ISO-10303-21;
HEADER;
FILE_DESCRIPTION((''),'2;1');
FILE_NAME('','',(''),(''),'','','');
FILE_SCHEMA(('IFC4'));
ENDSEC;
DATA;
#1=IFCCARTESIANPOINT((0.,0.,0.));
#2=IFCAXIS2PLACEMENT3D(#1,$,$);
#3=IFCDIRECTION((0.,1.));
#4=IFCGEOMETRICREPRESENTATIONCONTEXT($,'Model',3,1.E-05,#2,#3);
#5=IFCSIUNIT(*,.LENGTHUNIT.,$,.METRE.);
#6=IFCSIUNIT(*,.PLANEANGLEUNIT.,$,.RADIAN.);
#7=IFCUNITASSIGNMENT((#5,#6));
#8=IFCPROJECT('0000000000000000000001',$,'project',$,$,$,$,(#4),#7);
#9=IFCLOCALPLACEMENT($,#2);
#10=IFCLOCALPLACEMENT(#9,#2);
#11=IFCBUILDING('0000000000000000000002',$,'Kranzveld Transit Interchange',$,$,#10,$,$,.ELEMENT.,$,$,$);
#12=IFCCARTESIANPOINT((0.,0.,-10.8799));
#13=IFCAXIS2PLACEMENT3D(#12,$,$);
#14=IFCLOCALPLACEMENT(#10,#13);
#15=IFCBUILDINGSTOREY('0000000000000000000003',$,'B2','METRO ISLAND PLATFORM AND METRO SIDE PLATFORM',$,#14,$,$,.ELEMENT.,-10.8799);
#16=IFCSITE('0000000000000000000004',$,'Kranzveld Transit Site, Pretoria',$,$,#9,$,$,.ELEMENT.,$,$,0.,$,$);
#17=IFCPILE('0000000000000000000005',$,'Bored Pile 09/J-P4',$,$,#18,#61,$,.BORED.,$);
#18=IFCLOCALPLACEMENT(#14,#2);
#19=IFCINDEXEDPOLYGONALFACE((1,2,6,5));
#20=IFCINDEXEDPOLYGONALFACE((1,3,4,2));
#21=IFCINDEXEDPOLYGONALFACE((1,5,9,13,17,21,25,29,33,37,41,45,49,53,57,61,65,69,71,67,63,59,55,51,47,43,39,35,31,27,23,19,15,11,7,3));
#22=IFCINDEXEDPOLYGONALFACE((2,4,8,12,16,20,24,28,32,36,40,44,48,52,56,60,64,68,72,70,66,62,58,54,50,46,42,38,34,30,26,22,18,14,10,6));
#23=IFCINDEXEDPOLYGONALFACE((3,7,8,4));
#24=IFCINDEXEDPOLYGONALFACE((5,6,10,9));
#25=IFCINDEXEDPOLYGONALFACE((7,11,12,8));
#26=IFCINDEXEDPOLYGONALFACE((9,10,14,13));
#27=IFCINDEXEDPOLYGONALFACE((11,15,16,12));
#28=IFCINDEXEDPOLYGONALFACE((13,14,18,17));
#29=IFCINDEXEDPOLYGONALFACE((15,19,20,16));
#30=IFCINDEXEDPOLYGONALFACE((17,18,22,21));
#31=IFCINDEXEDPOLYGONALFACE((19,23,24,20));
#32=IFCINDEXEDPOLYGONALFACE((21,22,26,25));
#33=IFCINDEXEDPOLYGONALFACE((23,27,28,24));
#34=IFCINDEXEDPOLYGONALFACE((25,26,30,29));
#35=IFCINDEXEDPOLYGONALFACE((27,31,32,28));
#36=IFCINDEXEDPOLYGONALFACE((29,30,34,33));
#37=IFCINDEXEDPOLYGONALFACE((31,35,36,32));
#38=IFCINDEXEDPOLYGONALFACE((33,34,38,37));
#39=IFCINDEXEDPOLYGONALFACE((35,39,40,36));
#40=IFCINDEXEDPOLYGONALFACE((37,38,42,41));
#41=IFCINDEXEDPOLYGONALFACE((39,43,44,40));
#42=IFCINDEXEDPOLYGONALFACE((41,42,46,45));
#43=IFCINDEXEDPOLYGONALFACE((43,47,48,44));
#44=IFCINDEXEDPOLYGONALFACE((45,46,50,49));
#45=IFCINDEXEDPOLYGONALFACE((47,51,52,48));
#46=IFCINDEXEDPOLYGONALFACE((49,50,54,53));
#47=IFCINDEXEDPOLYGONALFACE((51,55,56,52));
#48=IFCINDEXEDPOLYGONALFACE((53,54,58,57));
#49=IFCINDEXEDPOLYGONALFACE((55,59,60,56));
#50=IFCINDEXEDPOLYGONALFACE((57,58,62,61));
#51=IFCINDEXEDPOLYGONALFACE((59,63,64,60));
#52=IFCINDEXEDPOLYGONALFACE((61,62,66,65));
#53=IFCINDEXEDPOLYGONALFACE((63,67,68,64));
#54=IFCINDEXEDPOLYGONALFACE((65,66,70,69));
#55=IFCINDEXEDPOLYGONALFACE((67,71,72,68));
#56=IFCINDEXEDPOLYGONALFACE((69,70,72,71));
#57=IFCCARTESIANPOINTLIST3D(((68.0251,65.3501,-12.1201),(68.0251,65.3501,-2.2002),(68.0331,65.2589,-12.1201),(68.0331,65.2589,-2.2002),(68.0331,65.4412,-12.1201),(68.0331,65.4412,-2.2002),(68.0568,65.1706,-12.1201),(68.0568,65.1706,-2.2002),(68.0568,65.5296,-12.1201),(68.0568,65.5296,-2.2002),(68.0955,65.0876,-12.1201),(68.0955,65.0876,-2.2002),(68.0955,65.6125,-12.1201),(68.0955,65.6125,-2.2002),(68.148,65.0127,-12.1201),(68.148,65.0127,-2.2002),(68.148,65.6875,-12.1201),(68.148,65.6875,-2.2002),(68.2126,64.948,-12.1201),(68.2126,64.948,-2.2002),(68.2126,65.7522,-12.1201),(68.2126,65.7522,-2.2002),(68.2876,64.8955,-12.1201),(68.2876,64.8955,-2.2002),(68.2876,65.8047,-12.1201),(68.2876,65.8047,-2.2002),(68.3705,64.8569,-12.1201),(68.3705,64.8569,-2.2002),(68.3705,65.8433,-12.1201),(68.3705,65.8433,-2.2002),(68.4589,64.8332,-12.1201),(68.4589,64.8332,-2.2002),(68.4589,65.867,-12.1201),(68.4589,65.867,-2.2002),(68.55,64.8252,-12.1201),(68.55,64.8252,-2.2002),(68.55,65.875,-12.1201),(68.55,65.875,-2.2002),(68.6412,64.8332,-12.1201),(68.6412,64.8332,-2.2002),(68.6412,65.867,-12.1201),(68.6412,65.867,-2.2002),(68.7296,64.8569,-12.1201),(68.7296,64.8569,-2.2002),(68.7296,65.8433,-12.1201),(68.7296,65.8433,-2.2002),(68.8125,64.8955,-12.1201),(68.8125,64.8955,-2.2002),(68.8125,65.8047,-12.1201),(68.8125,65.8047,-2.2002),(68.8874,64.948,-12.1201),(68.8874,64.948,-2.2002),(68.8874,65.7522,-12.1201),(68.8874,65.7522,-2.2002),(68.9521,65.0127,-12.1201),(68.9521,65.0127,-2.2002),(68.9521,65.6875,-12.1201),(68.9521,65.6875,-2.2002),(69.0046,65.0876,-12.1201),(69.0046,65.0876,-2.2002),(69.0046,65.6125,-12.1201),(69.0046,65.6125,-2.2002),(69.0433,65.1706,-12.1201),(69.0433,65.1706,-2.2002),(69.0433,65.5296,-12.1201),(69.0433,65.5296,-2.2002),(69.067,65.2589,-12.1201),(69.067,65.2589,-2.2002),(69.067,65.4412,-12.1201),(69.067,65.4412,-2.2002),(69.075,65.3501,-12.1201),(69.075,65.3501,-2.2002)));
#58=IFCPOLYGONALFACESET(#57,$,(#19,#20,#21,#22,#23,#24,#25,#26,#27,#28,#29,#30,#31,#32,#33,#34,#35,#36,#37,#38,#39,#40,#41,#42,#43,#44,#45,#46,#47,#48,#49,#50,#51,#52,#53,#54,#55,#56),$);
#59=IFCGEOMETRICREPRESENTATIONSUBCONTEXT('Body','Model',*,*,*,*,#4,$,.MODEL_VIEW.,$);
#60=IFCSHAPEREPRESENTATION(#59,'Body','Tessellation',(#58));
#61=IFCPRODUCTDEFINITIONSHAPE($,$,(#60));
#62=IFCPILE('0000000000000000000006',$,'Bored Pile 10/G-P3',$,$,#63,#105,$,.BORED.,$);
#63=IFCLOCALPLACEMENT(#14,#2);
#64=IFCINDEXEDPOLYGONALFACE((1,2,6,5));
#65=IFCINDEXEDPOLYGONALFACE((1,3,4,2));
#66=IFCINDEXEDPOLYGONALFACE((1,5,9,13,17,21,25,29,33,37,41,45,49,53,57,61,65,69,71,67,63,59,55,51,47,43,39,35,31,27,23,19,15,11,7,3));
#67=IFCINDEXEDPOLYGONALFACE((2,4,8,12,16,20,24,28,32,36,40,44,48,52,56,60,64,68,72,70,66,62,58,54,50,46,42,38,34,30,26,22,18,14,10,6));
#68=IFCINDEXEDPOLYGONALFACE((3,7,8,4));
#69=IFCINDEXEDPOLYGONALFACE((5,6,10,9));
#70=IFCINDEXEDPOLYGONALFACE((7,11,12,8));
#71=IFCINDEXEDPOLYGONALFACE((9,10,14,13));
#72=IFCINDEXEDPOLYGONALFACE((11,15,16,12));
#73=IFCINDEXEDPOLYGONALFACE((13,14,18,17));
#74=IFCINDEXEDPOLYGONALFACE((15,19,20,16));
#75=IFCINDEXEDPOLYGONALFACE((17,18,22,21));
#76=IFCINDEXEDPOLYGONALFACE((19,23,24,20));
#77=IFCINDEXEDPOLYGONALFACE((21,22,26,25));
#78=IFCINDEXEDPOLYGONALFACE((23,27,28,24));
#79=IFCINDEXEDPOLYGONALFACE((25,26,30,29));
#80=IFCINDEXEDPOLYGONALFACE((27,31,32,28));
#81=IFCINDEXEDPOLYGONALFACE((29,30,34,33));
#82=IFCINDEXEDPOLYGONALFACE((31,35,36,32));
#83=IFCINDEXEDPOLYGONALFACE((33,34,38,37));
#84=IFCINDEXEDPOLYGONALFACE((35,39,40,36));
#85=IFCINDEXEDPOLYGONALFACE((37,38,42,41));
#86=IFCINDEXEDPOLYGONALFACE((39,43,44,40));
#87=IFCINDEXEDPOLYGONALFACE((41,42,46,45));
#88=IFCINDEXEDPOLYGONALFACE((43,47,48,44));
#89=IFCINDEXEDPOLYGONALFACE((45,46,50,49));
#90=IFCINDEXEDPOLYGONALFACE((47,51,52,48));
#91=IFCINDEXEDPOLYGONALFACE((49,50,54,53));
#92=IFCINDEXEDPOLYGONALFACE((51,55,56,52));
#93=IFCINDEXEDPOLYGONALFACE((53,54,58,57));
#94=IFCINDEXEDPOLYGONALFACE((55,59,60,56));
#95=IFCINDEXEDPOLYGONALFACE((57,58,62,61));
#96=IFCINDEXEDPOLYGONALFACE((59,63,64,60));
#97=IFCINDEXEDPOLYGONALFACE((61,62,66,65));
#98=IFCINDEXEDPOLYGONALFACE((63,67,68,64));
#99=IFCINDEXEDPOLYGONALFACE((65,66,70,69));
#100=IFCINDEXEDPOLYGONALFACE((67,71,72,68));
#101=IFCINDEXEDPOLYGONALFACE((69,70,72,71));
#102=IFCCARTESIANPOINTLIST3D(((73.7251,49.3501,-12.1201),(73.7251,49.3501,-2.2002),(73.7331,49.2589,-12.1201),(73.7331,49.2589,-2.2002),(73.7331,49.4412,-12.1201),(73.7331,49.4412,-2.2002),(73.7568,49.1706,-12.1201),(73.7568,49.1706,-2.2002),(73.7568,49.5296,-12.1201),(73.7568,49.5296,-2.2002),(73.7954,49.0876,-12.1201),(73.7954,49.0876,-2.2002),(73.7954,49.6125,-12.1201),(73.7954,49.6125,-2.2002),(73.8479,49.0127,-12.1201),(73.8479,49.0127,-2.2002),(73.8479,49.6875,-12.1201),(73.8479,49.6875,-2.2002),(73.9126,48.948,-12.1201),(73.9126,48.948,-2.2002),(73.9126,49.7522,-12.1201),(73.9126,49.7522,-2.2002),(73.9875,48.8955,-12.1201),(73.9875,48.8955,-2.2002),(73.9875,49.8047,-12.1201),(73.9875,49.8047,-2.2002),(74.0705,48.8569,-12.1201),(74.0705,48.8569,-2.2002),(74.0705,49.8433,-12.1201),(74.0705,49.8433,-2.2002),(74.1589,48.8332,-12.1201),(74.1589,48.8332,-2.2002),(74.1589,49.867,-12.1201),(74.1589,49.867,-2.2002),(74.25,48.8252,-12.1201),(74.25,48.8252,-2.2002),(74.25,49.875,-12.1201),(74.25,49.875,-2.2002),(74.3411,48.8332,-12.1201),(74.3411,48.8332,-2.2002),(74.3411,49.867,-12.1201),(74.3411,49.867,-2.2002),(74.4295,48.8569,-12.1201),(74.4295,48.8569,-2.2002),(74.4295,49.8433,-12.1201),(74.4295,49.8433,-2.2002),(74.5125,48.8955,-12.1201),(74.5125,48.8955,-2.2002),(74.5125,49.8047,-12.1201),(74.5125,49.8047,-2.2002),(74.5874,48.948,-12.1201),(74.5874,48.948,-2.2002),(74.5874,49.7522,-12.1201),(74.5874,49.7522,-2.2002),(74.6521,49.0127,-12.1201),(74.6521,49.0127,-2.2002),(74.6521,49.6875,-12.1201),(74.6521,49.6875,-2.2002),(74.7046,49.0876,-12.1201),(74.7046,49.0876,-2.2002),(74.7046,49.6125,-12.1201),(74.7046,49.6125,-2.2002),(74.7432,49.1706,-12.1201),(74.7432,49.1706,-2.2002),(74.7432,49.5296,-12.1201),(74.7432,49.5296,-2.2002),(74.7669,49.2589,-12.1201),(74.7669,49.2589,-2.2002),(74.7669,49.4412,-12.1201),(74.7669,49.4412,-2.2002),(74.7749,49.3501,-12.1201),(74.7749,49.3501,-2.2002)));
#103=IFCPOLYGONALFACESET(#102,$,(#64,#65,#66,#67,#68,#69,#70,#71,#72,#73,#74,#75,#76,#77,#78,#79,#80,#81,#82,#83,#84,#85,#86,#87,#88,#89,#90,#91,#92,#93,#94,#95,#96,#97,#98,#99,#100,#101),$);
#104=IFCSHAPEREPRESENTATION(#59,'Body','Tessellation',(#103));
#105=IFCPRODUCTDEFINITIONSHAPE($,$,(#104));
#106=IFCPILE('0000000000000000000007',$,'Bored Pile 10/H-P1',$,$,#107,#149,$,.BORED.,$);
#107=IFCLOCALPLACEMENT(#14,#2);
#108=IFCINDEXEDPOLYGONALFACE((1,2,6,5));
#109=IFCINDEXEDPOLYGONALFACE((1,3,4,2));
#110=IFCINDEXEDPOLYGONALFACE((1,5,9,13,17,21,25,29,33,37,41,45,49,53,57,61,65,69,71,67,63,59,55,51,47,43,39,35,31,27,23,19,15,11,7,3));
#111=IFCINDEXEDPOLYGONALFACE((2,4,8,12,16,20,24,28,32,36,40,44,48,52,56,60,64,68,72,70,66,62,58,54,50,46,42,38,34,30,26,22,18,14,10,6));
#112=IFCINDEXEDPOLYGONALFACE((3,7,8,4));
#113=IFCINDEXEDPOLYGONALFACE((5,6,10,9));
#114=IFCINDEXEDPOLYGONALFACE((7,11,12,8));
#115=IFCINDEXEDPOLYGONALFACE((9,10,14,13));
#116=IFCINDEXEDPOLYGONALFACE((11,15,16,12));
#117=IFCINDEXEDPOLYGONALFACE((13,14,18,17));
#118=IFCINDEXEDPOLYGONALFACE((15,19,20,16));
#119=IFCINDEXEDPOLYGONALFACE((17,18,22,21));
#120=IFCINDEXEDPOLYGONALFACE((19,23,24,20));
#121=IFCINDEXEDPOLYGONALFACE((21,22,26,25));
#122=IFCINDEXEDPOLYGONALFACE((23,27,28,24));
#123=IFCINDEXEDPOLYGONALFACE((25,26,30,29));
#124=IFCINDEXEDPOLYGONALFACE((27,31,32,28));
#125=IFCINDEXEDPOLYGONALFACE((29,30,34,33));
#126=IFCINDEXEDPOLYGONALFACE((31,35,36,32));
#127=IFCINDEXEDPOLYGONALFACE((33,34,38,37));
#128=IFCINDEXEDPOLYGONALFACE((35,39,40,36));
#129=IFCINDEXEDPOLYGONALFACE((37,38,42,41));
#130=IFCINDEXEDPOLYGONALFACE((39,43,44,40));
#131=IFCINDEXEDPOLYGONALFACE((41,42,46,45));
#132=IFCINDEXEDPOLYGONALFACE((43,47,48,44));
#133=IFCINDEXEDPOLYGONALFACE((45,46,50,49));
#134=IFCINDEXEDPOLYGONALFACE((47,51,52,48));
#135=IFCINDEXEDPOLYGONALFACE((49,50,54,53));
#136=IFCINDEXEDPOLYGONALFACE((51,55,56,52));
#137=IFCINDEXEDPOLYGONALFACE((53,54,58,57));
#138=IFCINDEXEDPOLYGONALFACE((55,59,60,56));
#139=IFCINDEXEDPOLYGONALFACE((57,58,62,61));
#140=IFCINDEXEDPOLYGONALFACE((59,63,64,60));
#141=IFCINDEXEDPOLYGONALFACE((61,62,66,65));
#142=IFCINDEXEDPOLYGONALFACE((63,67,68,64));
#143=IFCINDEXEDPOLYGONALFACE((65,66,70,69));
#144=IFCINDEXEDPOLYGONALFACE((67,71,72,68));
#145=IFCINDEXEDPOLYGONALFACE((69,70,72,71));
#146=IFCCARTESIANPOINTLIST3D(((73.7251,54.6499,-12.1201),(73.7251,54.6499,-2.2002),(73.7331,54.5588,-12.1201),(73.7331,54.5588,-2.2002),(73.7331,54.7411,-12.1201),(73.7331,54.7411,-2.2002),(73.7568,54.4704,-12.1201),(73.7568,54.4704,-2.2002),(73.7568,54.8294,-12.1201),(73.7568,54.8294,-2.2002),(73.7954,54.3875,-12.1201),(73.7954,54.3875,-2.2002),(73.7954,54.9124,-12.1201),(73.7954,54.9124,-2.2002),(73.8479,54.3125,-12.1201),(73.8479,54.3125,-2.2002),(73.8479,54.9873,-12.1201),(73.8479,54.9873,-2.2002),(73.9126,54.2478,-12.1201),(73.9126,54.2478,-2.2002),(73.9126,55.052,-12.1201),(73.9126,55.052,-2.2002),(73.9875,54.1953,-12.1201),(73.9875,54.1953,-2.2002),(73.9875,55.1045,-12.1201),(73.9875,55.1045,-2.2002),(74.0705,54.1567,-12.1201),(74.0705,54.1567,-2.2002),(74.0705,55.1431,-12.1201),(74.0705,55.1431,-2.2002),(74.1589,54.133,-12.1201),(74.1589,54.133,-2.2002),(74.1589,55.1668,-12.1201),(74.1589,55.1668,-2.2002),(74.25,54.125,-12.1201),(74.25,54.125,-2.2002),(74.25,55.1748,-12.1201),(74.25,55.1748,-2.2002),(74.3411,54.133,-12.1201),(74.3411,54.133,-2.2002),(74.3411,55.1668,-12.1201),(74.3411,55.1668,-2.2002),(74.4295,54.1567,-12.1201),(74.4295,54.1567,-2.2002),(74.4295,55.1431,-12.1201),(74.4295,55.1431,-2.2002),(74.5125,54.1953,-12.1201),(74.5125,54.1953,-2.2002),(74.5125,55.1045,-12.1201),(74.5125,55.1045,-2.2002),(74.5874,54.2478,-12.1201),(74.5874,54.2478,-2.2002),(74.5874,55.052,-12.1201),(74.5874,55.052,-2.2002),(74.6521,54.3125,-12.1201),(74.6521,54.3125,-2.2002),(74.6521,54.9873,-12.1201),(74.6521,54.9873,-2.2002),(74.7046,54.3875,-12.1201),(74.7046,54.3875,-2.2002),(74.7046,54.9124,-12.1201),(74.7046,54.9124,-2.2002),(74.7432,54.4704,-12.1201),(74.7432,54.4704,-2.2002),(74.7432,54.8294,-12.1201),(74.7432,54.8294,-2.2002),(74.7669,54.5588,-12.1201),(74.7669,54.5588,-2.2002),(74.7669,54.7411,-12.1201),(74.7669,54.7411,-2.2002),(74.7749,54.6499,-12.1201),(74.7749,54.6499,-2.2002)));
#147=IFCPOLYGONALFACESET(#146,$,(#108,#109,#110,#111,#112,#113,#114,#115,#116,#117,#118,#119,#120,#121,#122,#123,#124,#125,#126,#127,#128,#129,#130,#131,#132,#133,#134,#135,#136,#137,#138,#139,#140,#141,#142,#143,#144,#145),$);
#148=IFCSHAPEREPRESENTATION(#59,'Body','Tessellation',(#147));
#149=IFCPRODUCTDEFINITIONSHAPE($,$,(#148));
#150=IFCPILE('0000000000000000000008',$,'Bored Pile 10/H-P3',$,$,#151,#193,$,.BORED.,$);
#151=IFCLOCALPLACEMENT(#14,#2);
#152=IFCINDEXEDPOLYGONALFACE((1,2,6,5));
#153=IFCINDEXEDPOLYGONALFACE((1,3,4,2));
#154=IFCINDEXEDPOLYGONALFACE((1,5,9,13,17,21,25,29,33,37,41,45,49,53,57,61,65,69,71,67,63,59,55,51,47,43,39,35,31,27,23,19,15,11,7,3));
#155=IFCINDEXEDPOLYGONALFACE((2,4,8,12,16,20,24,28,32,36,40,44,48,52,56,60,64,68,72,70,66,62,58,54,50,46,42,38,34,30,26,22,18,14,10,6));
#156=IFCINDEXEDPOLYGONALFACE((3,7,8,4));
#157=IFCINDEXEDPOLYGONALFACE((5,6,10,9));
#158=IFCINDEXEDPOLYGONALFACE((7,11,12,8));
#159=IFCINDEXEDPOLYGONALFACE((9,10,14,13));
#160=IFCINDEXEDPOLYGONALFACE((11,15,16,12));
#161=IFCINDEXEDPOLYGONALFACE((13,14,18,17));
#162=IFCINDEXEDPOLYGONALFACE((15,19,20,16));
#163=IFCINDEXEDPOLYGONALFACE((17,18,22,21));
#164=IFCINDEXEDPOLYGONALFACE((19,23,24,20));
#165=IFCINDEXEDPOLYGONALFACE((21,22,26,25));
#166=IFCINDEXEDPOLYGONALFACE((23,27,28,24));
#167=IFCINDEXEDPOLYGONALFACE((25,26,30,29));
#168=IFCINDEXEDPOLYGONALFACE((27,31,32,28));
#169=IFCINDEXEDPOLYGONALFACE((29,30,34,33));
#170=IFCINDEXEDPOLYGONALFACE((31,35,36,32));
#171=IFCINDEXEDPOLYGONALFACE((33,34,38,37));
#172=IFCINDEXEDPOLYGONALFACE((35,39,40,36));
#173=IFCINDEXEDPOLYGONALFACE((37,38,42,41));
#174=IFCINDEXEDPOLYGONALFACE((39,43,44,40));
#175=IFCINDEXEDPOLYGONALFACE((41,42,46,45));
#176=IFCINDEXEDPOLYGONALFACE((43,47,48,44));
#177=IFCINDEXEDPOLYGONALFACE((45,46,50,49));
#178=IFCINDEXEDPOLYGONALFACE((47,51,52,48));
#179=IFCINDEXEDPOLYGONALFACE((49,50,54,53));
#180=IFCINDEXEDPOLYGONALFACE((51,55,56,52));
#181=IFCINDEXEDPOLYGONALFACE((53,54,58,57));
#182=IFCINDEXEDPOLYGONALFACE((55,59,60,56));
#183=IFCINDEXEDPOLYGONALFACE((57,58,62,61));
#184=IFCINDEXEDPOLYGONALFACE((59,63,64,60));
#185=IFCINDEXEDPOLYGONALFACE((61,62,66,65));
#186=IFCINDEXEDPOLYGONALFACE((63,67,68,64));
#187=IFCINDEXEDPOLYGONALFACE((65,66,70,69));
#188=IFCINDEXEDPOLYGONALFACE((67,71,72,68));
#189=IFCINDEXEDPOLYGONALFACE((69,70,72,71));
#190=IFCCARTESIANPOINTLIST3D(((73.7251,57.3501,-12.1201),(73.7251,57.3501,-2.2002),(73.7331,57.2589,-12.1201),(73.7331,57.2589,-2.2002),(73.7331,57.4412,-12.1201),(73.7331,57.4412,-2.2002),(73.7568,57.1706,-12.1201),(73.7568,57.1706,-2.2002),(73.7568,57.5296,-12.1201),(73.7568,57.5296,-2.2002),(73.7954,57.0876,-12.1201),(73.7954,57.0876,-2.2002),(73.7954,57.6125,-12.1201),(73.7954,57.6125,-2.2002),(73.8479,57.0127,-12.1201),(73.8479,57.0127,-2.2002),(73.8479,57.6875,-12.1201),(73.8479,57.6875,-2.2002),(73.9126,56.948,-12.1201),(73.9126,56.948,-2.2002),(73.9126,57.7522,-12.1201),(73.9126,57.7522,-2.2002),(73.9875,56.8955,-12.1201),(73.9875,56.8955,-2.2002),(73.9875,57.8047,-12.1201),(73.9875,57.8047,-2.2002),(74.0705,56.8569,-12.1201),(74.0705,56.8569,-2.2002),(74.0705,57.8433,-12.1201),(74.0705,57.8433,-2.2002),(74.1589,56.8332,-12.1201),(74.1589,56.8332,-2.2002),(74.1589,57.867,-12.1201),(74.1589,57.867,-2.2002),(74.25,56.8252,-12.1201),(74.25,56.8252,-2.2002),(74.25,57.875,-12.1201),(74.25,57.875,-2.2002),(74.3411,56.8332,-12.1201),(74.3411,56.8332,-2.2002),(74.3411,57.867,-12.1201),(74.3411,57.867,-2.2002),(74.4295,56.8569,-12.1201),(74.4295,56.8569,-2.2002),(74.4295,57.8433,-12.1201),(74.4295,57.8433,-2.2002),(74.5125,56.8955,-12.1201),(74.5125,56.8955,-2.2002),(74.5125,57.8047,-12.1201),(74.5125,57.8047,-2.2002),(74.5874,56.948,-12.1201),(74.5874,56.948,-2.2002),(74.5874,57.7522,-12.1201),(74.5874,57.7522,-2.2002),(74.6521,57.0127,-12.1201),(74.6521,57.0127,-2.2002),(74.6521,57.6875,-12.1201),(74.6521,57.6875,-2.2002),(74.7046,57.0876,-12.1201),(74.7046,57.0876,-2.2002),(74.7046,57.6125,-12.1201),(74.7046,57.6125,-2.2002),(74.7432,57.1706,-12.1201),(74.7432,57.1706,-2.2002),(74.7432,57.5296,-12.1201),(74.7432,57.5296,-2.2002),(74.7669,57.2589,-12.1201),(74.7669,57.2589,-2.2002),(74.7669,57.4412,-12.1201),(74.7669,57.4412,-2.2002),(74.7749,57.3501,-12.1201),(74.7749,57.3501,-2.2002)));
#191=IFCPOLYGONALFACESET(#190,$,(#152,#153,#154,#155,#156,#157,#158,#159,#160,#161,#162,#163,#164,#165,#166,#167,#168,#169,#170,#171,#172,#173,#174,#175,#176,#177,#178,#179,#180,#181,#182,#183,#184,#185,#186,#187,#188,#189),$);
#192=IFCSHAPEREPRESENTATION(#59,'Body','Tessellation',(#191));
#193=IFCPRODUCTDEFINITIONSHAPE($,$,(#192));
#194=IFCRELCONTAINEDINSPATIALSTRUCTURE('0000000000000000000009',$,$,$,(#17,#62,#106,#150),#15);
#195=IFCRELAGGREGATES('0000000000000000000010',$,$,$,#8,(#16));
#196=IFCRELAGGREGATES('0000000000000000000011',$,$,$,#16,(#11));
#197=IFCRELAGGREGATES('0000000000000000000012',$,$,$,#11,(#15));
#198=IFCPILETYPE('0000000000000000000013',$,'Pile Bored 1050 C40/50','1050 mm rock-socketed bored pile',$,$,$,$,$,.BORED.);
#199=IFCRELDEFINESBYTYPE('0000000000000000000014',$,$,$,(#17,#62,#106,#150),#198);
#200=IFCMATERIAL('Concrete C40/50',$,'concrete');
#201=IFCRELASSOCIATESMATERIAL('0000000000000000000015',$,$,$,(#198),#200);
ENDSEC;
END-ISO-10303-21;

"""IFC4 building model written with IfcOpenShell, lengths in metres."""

from ifc_helpers import new_model, si_unit, direction, frame, origin, origin_2d, place, context, subcontext, project, spatial, circle, extrude, material, material_profile, profile_set, type_object, element, save


model = new_model("IFC4")

# Units and contexts
model_context = context("Model", 3, precision=1e-05, world=origin(), true_north=direction((0.0, 1.0)))
body_context = subcontext(model_context, "Body", "Model", "MODEL_VIEW")
ifc_project = project(units=[si_unit("LENGTHUNIT", "METRE"), si_unit("PLANEANGLEUNIT", "RADIAN")], contexts=[model_context])

# Site, building, storey
site_placement = place(None, origin())
site = spatial("IfcSite", under=ifc_project, at=site_placement, Name="Kranzveld Transit Site, Pretoria", CompositionType="ELEMENT", RefElevation=0.0)
building_placement = place(site_placement, origin())
building = spatial("IfcBuilding", under=site, at=building_placement, Name="Kranzveld Transit Interchange", CompositionType="ELEMENT")
storey_placement = place(building_placement, frame((0.0, 0.0, -10.8799)))
storey = spatial("IfcBuildingStorey", under=building, at=storey_placement, Name="B2", Description="METRO ISLAND PLATFORM AND METRO SIDE PLATFORM", CompositionType="ELEMENT", Elevation=-10.8799)

# Piles
ifc_material_1 = material(Name="Concrete C40/50", Category="concrete")
ifc_material_profile_1 = material_profile(ifc_material_1, circle(Radius=0.5249, at=origin_2d()), Name="BORED PILE 1050")
ifc_profile_set_1 = profile_set([ifc_material_profile_1], Name="Concrete C40/50")
pile_type = type_object("IfcPileType", Name="Pile Bored 1050 C40/50", Description="1050 mm rock-socketed bored pile", PredefinedType="BORED", material=ifc_profile_set_1)
for number, where, z_axis, x_axis, name in (
    (1, (68.55, 65.3501, -2.2002), (0.0, 0.0, -1.0), (1.0, 0.0, 0.0), "Bored Pile 09/J-P4"),
    (2, (74.25, 49.3501, -2.2002), (0.0, 0.0, -1.0), (1.0, 0.0, 0.0), "Bored Pile 10/G-P3"),
    (3, (74.25, 54.6499, -2.2002), (0.0, 0.0, -1.0), (1.0, 0.0, 0.0), "Bored Pile 10/H-P1"),
    (4, (74.25, 57.3501, -2.2002), (0.0, 0.0, -1.0), (1.0, 0.0, 0.0), "Bored Pile 10/H-P3"),
):
    element("IfcPile", number, at=place(storey_placement, frame(where, z_axis=z_axis, x_axis=x_axis)), inside=storey, type_object=pile_type, Name=name, PredefinedType="BORED", context=body_context, shape_type="SweptSolid", body=[
        extrude(circle(Radius=0.5249, at=origin_2d()), origin(), (0.0, 0.0, 1.0), 9.9199),
    ])

save(model, "model.ifc")
